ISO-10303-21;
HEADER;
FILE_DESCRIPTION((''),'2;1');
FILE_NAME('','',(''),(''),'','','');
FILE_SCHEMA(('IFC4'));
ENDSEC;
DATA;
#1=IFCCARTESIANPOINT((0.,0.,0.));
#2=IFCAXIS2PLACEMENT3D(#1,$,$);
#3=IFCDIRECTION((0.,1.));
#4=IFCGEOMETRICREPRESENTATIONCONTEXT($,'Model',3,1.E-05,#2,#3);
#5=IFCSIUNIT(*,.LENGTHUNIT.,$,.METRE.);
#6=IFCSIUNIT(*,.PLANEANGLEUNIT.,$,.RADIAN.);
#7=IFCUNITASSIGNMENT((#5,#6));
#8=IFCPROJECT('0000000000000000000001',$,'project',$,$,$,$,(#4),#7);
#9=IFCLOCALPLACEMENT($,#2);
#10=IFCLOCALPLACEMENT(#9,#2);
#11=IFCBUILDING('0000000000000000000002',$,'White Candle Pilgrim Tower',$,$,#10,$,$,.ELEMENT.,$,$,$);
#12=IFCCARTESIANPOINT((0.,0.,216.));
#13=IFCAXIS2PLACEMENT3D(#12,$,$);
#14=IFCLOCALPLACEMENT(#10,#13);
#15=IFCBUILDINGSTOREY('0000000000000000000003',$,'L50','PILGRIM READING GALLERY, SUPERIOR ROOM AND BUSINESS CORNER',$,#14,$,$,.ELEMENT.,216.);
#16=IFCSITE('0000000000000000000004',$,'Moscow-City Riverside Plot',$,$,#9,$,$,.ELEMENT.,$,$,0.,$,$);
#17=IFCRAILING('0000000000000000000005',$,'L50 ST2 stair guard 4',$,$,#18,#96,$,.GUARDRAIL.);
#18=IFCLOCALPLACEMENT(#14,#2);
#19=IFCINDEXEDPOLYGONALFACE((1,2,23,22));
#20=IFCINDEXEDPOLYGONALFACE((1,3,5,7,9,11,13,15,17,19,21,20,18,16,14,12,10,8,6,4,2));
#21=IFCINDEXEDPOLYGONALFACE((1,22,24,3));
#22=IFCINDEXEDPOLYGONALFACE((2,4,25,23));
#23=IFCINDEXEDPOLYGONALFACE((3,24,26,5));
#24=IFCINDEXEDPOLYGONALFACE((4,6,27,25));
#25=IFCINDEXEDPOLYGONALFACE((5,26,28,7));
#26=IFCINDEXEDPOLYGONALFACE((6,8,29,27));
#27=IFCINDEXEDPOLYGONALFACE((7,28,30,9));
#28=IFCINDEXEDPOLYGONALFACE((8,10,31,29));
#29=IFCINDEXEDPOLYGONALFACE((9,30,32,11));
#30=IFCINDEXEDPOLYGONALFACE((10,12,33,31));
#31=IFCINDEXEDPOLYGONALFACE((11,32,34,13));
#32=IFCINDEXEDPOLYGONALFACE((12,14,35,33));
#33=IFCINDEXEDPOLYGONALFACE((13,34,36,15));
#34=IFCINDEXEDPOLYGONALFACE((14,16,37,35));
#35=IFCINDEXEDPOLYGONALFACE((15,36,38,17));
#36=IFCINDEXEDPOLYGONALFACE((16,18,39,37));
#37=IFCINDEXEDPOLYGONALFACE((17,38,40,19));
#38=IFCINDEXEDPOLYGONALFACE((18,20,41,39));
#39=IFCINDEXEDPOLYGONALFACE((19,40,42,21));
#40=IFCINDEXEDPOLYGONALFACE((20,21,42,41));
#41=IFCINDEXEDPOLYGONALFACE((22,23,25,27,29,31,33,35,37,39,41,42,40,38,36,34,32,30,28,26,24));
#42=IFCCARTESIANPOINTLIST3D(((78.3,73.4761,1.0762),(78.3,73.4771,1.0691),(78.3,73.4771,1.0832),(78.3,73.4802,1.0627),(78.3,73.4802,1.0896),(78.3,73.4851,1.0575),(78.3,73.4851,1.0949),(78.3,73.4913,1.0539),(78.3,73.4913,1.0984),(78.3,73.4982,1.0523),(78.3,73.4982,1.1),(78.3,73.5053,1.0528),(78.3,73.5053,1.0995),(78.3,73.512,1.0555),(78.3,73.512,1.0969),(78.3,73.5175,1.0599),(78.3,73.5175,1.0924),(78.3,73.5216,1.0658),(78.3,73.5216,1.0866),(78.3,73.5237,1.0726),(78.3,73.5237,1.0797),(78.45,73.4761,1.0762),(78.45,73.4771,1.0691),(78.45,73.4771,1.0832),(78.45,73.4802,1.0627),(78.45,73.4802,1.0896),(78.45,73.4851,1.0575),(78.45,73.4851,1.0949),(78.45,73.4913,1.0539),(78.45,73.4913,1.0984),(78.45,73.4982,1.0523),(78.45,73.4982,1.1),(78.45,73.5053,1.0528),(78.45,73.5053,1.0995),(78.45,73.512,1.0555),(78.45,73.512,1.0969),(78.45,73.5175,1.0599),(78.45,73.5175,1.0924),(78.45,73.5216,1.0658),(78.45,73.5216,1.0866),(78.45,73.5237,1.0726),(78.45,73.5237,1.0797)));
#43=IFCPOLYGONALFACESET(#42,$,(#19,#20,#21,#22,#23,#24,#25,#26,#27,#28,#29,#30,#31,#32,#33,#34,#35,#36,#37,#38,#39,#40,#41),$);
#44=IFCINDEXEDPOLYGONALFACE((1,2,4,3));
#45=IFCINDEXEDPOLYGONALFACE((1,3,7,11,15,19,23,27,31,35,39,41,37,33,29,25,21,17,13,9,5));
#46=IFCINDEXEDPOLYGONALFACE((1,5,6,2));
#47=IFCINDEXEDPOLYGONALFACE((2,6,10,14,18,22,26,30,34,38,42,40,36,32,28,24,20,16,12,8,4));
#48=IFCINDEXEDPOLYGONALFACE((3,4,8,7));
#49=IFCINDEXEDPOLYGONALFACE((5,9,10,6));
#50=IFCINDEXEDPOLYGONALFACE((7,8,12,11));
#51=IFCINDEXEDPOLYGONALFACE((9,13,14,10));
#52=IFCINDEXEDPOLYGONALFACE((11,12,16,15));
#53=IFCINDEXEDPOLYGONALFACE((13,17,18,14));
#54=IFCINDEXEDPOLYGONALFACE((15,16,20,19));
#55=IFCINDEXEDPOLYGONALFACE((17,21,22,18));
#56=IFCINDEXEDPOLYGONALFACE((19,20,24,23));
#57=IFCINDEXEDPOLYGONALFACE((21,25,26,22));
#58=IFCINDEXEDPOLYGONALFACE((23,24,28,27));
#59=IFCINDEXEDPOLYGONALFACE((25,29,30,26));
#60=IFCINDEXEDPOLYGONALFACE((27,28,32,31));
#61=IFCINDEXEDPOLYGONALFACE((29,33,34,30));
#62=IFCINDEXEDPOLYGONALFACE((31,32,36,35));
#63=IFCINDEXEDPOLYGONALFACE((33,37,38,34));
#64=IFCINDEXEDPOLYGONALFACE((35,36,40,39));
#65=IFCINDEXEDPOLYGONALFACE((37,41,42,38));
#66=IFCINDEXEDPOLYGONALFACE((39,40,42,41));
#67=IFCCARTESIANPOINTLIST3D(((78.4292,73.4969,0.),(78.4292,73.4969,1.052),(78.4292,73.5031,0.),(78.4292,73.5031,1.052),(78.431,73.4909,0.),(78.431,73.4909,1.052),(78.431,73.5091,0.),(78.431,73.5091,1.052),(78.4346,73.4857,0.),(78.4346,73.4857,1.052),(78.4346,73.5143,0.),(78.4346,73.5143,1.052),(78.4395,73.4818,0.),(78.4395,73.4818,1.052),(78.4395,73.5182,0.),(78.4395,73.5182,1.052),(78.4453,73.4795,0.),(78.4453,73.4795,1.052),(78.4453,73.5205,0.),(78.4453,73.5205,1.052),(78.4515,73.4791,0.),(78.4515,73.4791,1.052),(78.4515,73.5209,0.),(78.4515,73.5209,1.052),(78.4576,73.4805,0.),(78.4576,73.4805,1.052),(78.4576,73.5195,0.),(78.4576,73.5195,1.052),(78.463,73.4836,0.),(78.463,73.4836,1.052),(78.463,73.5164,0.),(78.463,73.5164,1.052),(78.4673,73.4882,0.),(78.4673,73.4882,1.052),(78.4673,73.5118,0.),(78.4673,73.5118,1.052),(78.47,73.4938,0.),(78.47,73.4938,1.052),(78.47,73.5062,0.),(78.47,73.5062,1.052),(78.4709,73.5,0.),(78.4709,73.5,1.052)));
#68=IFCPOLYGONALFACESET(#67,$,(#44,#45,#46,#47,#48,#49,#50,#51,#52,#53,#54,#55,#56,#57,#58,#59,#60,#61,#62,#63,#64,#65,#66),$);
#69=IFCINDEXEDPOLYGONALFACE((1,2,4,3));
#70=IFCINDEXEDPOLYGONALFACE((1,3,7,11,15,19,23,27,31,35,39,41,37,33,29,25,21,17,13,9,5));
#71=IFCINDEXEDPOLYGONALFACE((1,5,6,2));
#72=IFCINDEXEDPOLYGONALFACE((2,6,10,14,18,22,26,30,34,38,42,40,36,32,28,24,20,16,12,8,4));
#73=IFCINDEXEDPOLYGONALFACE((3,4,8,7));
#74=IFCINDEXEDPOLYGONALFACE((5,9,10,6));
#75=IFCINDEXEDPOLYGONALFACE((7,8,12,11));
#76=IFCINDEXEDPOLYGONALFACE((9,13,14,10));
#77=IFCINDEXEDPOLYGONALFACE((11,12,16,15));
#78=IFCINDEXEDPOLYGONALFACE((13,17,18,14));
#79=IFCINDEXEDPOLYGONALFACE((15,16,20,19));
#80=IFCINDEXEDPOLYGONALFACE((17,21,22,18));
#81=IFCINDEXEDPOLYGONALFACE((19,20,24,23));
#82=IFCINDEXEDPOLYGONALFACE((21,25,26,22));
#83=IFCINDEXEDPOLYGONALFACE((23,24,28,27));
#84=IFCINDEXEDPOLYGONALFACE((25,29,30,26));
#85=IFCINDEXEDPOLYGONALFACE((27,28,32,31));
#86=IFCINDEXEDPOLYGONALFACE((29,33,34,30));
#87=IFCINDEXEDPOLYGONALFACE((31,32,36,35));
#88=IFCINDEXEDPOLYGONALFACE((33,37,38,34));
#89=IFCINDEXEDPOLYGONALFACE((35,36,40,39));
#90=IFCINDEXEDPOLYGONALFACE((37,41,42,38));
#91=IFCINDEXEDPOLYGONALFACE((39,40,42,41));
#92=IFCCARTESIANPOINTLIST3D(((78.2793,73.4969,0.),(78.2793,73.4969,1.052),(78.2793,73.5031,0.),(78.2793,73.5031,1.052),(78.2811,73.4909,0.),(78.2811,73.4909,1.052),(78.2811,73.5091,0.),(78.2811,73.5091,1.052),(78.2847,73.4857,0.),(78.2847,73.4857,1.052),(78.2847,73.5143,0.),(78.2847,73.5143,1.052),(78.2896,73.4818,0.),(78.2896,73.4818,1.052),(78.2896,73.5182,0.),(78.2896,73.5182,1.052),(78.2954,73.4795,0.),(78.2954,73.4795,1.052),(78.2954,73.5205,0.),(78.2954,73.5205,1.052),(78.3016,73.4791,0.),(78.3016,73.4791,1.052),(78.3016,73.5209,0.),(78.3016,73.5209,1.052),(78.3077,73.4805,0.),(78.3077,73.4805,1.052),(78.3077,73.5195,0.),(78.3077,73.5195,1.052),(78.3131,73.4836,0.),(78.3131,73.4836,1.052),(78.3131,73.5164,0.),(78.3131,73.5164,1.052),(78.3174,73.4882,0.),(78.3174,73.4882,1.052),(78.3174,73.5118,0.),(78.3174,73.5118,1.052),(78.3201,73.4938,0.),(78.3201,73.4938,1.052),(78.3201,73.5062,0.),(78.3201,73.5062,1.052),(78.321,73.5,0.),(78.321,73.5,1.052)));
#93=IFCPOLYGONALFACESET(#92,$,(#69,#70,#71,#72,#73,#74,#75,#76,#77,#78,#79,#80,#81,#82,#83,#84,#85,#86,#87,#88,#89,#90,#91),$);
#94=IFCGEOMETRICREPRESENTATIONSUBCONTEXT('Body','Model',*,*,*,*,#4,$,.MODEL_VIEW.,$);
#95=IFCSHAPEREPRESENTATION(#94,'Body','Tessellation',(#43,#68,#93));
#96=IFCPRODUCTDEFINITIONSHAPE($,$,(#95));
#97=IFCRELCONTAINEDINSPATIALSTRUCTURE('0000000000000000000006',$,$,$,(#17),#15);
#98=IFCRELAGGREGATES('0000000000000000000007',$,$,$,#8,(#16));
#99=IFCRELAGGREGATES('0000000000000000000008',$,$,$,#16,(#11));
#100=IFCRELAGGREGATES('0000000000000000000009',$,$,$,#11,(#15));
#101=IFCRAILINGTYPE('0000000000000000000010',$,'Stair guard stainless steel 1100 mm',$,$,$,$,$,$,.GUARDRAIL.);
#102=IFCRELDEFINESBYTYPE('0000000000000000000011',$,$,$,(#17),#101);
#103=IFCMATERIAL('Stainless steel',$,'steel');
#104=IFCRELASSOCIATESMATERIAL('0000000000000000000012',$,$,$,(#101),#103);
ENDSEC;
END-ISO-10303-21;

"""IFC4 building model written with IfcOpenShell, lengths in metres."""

from ifc_helpers import new_model, si_unit, direction, frame, origin, origin_2d, place, context, subcontext, project, spatial, circle, extrude, material, type_object, element, save


model = new_model("IFC4")

# Units and contexts
model_context = context("Model", 3, precision=1e-05, world=origin(), true_north=direction((0.0, 1.0)))
body_context = subcontext(model_context, "Body", "Model", "MODEL_VIEW")
ifc_project = project(units=[si_unit("LENGTHUNIT", "METRE"), si_unit("PLANEANGLEUNIT", "RADIAN")], contexts=[model_context])

# Site, building, storey
site_placement = place(None, origin())
site = spatial("IfcSite", under=ifc_project, at=site_placement, Name="Moscow-City Riverside Plot", CompositionType="ELEMENT", RefElevation=0.0)
building_placement = place(site_placement, origin())
building = spatial("IfcBuilding", under=site, at=building_placement, Name="White Candle Pilgrim Tower", CompositionType="ELEMENT")
storey_placement = place(building_placement, frame((0.0, 0.0, 216.0)))
storey = spatial("IfcBuildingStorey", under=building, at=storey_placement, Name="L50", Description="PILGRIM READING GALLERY, SUPERIOR ROOM AND BUSINESS CORNER", CompositionType="ELEMENT", Elevation=216.0)

# Railing
ifc_material_1 = material(Name="Stainless steel", Category="steel")
railing_type_1 = type_object("IfcRailingType", Name="Stair guard stainless steel 1100 mm", PredefinedType="GUARDRAIL", material=ifc_material_1)
railing_1_placement = place(storey_placement, frame((78.45, 73.5, 0.0)))
element("IfcRailing", 1, at=railing_1_placement, inside=storey, type_object=railing_type_1, Name="L50 ST2 stair guard 4", PredefinedType="GUARDRAIL", context=body_context, shape_type="SweptSolid", body=[
    extrude(circle(Radius=0.0239, at=origin_2d()), frame((0.0, 0.0, 1.0762), z_axis=(-1.0, 0.0, 0.0), x_axis=(0.0, -1.0, 0.0)), (0.0, 0.0, 1.0), 0.1499),
    extrude(circle(Radius=0.021, at=origin_2d()), origin(), (0.0, 0.0, 1.0), 1.052),
    extrude(circle(Radius=0.021, at=origin_2d()), frame((-0.1499, 0.0, 0.0)), (0.0, 0.0, 1.0), 1.052),
])

save(model, "model.ifc")
